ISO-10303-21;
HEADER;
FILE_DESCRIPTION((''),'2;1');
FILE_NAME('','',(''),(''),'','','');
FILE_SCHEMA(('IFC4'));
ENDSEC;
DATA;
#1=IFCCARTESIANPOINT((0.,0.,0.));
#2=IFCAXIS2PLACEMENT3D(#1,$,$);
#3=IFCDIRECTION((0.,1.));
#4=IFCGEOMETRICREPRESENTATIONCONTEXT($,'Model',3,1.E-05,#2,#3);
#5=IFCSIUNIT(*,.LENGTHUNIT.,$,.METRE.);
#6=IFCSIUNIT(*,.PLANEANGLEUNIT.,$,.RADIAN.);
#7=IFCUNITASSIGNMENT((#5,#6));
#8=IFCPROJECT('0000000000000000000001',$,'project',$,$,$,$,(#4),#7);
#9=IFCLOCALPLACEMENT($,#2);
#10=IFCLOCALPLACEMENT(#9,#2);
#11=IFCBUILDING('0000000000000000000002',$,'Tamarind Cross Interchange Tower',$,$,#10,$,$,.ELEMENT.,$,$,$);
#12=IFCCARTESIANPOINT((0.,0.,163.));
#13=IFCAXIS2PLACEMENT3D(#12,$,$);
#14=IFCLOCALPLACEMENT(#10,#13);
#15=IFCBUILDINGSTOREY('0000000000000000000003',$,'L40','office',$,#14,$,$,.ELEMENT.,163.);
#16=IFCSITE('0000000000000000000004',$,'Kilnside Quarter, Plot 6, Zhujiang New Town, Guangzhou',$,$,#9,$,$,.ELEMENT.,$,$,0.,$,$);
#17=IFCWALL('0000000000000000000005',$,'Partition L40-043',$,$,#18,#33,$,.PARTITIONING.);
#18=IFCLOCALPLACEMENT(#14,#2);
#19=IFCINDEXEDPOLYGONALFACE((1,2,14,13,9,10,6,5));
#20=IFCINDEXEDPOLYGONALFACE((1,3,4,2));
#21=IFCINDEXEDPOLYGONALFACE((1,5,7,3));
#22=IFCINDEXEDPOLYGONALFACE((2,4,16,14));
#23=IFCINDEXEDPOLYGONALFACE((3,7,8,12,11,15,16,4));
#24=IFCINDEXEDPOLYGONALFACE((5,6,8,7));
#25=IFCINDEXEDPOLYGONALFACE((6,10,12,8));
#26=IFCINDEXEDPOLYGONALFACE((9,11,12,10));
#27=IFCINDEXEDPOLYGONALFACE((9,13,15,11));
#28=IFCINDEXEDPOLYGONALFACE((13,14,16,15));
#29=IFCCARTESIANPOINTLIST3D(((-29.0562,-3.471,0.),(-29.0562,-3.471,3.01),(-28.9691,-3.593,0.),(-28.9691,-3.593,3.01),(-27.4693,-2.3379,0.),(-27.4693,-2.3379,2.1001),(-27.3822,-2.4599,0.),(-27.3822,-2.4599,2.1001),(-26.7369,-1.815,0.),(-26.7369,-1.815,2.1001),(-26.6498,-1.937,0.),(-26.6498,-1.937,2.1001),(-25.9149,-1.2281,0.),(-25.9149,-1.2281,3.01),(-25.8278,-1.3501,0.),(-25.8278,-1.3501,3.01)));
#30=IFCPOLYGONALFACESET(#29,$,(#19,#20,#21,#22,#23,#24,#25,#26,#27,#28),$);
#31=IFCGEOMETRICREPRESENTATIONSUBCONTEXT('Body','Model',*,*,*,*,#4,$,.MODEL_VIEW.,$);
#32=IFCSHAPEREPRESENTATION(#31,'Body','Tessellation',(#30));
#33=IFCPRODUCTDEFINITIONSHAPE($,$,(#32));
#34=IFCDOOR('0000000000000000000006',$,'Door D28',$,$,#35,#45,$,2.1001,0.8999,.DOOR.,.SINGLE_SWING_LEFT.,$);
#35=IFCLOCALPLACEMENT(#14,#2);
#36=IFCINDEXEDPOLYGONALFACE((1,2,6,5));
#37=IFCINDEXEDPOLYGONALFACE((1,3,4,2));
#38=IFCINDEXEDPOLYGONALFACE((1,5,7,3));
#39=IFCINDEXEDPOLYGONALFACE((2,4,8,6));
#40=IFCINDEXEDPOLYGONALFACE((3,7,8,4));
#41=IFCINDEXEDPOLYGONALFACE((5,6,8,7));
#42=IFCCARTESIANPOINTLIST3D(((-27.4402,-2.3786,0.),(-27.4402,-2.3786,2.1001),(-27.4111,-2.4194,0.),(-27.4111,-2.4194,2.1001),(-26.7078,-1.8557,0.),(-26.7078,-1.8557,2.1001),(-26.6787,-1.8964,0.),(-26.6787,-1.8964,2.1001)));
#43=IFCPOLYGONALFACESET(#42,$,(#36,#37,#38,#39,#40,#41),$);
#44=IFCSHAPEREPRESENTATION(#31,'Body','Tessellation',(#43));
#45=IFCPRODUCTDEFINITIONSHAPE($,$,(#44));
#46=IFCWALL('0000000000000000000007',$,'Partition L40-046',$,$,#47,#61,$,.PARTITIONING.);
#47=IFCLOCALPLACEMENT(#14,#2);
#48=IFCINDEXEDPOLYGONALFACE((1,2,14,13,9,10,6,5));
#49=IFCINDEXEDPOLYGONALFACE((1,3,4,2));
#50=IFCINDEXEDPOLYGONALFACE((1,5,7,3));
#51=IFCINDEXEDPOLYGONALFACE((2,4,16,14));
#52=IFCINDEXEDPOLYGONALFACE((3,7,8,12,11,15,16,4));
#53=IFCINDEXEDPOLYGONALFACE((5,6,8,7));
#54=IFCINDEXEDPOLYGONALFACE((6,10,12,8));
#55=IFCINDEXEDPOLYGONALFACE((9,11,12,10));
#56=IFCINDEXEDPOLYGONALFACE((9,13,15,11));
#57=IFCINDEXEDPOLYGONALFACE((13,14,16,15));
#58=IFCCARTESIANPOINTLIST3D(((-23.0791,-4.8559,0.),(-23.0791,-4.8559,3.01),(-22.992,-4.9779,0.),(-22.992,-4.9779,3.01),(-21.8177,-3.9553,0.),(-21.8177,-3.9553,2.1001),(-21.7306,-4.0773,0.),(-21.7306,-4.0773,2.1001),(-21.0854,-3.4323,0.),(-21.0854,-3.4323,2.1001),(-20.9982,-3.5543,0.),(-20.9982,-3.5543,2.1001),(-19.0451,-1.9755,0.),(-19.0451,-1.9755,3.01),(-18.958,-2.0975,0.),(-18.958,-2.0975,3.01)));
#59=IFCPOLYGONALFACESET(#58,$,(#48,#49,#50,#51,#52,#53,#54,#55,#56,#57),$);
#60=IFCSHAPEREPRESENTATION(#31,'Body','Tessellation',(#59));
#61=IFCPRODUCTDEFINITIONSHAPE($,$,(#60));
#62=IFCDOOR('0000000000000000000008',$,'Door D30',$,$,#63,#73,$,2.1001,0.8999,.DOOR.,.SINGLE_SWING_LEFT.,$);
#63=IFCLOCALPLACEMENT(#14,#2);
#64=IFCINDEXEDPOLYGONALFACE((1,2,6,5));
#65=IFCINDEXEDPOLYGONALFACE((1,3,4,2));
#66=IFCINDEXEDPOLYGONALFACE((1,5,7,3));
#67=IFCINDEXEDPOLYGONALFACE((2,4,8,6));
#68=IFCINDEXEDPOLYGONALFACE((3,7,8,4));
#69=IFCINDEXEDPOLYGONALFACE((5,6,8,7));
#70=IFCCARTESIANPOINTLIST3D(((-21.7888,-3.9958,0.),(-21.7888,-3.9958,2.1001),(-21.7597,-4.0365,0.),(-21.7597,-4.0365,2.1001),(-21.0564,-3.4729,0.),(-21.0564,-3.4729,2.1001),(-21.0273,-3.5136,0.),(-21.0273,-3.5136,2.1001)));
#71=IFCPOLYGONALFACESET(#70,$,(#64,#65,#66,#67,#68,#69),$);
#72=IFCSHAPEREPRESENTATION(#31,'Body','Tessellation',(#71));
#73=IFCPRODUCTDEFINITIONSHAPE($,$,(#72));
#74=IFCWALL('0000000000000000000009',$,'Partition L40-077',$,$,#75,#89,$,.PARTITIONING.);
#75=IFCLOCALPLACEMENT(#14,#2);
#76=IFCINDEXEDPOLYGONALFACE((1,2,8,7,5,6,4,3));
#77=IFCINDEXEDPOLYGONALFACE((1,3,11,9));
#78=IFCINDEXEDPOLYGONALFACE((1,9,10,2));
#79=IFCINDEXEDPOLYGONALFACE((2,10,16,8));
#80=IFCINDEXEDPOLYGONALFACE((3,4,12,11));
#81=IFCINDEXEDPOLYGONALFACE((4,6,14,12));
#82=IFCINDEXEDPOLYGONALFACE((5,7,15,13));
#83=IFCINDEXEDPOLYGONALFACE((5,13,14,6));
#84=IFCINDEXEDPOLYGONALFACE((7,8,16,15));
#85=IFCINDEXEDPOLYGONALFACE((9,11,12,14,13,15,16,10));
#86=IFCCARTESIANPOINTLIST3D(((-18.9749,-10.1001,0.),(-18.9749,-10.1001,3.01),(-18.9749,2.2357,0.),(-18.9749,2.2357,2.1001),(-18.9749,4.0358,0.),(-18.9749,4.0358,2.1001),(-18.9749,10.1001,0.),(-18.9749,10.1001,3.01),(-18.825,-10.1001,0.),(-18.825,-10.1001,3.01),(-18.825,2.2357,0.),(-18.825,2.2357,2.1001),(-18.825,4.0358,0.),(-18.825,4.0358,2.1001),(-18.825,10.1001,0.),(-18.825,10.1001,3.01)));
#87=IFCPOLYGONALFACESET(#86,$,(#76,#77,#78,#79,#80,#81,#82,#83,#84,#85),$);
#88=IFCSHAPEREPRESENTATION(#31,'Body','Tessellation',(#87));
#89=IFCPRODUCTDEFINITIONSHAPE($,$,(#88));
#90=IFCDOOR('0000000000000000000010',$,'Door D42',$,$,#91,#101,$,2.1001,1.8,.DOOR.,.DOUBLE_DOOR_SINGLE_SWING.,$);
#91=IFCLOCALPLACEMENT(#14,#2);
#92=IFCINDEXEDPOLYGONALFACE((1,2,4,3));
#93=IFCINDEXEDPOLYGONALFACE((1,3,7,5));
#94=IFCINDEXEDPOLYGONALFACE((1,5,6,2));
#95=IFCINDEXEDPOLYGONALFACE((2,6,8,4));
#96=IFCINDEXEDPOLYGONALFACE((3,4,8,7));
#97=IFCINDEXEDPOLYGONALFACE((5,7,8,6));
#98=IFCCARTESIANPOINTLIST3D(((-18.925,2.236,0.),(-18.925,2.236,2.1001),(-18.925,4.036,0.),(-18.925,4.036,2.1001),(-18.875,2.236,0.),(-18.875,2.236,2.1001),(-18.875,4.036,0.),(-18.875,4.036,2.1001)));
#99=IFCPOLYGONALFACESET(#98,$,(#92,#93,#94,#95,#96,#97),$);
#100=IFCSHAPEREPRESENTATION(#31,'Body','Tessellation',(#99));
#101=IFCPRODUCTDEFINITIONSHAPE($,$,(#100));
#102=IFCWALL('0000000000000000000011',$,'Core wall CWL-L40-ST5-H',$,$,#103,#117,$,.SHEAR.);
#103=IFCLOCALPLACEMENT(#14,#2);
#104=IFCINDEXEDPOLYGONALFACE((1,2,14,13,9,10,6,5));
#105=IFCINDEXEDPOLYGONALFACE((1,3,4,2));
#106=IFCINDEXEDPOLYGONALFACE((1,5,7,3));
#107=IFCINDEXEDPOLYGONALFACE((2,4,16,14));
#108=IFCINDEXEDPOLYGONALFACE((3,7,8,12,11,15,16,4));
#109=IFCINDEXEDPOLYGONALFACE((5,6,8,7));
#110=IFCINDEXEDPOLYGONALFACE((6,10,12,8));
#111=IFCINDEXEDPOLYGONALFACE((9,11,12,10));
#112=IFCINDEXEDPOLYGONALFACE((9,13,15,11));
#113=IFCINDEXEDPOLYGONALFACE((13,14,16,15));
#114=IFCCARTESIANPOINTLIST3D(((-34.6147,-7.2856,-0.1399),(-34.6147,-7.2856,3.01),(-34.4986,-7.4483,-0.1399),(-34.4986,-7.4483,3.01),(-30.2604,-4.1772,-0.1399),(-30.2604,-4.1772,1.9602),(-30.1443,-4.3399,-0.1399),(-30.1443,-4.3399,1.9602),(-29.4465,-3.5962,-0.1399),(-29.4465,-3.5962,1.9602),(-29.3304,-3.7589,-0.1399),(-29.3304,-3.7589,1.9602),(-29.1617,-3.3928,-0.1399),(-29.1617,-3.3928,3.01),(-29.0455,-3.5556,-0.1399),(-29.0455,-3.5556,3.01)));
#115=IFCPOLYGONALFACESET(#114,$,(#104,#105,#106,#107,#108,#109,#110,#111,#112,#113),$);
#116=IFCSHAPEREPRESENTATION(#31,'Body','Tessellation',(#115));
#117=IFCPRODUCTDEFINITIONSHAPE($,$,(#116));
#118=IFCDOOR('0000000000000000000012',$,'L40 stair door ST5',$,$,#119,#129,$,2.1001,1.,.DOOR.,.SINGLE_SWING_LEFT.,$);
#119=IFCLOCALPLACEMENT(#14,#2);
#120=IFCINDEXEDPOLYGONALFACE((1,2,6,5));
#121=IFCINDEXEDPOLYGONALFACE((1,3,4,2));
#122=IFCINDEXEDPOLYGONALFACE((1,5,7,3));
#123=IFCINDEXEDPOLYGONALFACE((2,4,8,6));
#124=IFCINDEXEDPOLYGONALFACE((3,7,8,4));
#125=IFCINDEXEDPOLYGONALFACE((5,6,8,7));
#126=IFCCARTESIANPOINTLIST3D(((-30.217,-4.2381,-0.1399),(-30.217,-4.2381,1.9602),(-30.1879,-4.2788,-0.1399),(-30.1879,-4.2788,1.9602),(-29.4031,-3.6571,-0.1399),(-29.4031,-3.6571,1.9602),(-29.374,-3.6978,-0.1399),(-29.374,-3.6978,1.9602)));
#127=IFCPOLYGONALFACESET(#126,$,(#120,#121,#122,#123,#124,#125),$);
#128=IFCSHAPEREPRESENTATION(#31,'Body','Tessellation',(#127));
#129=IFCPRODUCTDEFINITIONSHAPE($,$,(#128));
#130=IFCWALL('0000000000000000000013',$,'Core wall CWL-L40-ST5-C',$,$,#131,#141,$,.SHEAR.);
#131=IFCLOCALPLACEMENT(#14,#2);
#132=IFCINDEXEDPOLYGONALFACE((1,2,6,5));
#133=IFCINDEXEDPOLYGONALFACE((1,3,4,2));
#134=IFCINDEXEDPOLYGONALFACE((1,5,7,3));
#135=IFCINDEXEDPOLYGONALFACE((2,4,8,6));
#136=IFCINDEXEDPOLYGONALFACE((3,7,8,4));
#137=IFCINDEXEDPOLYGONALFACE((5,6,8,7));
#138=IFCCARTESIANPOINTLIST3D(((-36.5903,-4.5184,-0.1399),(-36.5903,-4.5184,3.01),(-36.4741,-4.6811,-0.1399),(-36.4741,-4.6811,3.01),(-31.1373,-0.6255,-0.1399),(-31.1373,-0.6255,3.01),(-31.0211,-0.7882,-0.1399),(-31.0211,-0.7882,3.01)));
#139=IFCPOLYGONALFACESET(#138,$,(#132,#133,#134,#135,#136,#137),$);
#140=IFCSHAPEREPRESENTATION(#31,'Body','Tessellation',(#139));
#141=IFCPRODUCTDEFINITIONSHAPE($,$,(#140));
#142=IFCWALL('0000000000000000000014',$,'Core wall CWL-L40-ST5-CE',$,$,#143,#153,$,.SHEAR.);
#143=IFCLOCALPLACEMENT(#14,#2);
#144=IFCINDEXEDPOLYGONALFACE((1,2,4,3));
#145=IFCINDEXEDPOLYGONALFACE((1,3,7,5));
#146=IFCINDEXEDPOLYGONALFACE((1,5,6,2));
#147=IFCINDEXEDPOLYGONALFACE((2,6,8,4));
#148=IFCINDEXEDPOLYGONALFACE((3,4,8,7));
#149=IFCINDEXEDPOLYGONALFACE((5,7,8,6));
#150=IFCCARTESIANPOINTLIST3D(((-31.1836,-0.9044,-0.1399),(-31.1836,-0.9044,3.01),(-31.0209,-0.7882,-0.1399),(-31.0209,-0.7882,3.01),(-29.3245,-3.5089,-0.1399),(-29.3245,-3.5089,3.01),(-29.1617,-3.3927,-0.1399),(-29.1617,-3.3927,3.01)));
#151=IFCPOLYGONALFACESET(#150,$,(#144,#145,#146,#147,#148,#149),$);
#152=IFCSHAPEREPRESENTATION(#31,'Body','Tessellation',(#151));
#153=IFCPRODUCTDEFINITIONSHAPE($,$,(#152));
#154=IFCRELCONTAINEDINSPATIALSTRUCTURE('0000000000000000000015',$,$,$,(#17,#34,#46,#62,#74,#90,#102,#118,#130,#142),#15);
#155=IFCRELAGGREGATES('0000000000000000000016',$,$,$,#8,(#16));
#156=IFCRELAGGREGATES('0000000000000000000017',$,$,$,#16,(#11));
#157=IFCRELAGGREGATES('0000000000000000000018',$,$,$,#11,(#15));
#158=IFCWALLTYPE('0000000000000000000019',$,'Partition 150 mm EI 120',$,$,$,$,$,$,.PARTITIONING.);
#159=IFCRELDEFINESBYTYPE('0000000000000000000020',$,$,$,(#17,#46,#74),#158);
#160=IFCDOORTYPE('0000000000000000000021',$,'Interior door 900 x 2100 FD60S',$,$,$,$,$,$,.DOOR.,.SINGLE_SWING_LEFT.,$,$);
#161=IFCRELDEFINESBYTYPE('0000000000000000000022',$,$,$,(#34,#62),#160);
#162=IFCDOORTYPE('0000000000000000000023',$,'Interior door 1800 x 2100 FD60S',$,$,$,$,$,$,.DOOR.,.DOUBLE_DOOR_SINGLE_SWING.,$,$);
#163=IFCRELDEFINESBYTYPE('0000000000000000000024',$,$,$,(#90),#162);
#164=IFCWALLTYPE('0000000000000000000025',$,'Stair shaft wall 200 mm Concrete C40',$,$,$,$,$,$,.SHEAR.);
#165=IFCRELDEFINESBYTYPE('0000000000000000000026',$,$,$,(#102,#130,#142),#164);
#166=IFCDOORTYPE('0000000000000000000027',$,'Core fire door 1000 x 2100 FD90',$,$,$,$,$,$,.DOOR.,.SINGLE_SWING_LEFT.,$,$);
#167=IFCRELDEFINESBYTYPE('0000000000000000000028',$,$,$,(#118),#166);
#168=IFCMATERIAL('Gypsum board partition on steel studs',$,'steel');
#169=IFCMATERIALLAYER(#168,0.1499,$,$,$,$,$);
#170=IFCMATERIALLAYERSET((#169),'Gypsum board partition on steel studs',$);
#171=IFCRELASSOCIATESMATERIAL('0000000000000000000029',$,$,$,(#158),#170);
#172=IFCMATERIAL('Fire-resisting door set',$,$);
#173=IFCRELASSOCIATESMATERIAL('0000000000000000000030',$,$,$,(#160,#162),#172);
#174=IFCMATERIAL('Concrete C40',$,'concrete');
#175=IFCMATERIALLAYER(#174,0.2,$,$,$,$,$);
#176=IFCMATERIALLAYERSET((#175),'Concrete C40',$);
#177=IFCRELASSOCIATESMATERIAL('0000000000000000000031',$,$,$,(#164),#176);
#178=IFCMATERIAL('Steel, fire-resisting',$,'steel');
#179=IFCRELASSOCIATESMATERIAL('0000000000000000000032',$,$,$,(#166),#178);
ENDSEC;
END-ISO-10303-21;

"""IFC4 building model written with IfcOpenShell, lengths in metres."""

from ifc_helpers import new_model, si_unit, direction, frame, frame_2d, origin, place, context, subcontext, project, spatial, rectangle, extrude, material, layer, layer_set, type_object, element, fill, save


model = new_model("IFC4")

# Units and contexts
model_context = context("Model", 3, precision=1e-05, world=origin(), true_north=direction((0.0, 1.0)))
body_context = subcontext(model_context, "Body", "Model", "MODEL_VIEW")
ifc_project = project(units=[si_unit("LENGTHUNIT", "METRE"), si_unit("PLANEANGLEUNIT", "RADIAN")], contexts=[model_context])

# Site, building, storey
site_placement = place(None, origin())
site = spatial("IfcSite", under=ifc_project, at=site_placement, Name="Kilnside Quarter, Plot 6, Zhujiang New Town, Guangzhou", CompositionType="ELEMENT", RefElevation=0.0)
building_placement = place(site_placement, origin())
building = spatial("IfcBuilding", under=site, at=building_placement, Name="Tamarind Cross Interchange Tower", CompositionType="ELEMENT")
storey_placement = place(building_placement, frame((0.0, 0.0, 163.0)))
storey = spatial("IfcBuildingStorey", under=building, at=storey_placement, Name="L40", Description="office", CompositionType="ELEMENT", Elevation=163.0)

# Shared definitions
ifc_material_1 = material(Name="Gypsum board partition on steel studs", Category="steel")

# Walls, openings, doors
ifc_layer_1 = layer(ifc_material_1, 0.1499)
ifc_layer_set_1 = layer_set([ifc_layer_1], Name="Gypsum board partition on steel studs")
wall_type_1 = type_object("IfcWallType", Name="Partition 150 mm EI 120", PredefinedType="PARTITIONING", material=ifc_layer_set_1)
wall_1_placement = place(storey_placement, frame((-29.0127, -3.532, 0.0), z_axis=(0.0, 0.0, 1.0), x_axis=(0.813845, 0.581083, 0.0)))
wall_1 = element("IfcWall", 1, at=wall_1_placement, inside=storey, type_object=wall_type_1, Name="Partition L40-043", PredefinedType="PARTITIONING", context=body_context, shape_type="SweptSolid", body=[
    extrude(rectangle(XDim=3.8599, YDim=0.1499, at=frame_2d((1.9299, 0.0))), origin(), (0.0, 0.0, 1.0), 3.01),
])
opening_1_placement = place(wall_1_placement, frame((1.95, 0.0, 0.0)))
opening_1 = element("IfcOpeningElement", 2, at=opening_1_placement, cuts=wall_1, PredefinedType="OPENING", context=body_context, shape_type="SweptSolid", body=[
    extrude(rectangle(XDim=0.8999, YDim=2.1001, at=frame_2d((0.45, 1.05))), frame((0.0, 0.085, 0.0), z_axis=(0.0, -1.0, 0.0), x_axis=(1.0, 0.0, 0.0)), (0.0, 0.0, 1.0), 0.1699),
])
ifc_material_2 = material(Name="Fire-resisting door set")
door_type_1 = type_object("IfcDoorType", Name="Interior door 900 x 2100 FD60S", OperationType="SINGLE_SWING_LEFT", PredefinedType="DOOR", material=ifc_material_2)
door_1_placement = place(opening_1_placement, origin())
door_1 = element("IfcDoor", 3, at=door_1_placement, inside=storey, type_object=door_type_1, Name="Door D28", OperationType="SINGLE_SWING_LEFT", OverallHeight=2.1001, OverallWidth=0.8999, PredefinedType="DOOR", context=body_context, shape_type="SweptSolid", body=[
    extrude(rectangle(XDim=0.8999, YDim=2.1001, at=frame_2d((0.45, 1.05))), frame((0.0, 0.0249, 0.0), z_axis=(0.0, -1.0, 0.0), x_axis=(1.0, 0.0, 0.0)), (0.0, 0.0, 1.0), 0.05),
])
fill(opening_1, door_1)
wall_2_placement = place(storey_placement, frame((-23.0356, -4.917, 0.0), z_axis=(0.0, 0.0, 1.0), x_axis=(0.81383, 0.581103, 0.0)))
wall_2 = element("IfcWall", 4, at=wall_2_placement, inside=storey, type_object=wall_type_1, Name="Partition L40-046", PredefinedType="PARTITIONING", context=body_context, shape_type="SweptSolid", body=[
    extrude(rectangle(XDim=4.9568, YDim=0.1499, at=frame_2d((2.4785, 0.0))), origin(), (0.0, 0.0, 1.0), 3.01),
])
opening_2_placement = place(wall_2_placement, frame((1.55, 0.0, 0.0)))
opening_2 = element("IfcOpeningElement", 5, at=opening_2_placement, cuts=wall_2, PredefinedType="OPENING", context=body_context, shape_type="SweptSolid", body=[
    extrude(rectangle(XDim=0.8999, YDim=2.1001, at=frame_2d((0.45, 1.05))), frame((0.0, 0.085, 0.0), z_axis=(0.0, -1.0, 0.0), x_axis=(1.0, 0.0, 0.0)), (0.0, 0.0, 1.0), 0.1699),
])
door_2_placement = place(opening_2_placement, frame((0.8999, 0.0, 0.0), z_axis=(0.0, 0.0, 1.0), x_axis=(-1.0, 0.0, 0.0)))
door_2 = element("IfcDoor", 6, at=door_2_placement, inside=storey, type_object=door_type_1, Name="Door D30", OperationType="SINGLE_SWING_LEFT", OverallHeight=2.1001, OverallWidth=0.8999, PredefinedType="DOOR", context=body_context, shape_type="SweptSolid", body=[
    extrude(rectangle(XDim=0.8999, YDim=2.1001, at=frame_2d((0.45, 1.05))), frame((0.0, 0.0249, 0.0), z_axis=(0.0, -1.0, 0.0), x_axis=(1.0, 0.0, 0.0)), (0.0, 0.0, 1.0), 0.05),
])
fill(opening_2, door_2)
wall_3_placement = place(storey_placement, frame((-18.8999, -10.1001, 0.0), z_axis=(0.0, 0.0, 1.0), x_axis=(0.0, 1.0, 0.0)))
wall_3 = element("IfcWall", 7, at=wall_3_placement, inside=storey, type_object=wall_type_1, Name="Partition L40-077", PredefinedType="PARTITIONING", context=body_context, shape_type="SweptSolid", body=[
    extrude(rectangle(XDim=20.2002, YDim=0.1499, at=frame_2d((10.1001, 0.0))), origin(), (0.0, 0.0, 1.0), 3.01),
])
opening_3_placement = place(wall_3_placement, frame((12.3359, 0.0, 0.0)))
opening_3 = element("IfcOpeningElement", 8, at=opening_3_placement, cuts=wall_3, PredefinedType="OPENING", context=body_context, shape_type="SweptSolid", body=[
    extrude(rectangle(XDim=1.8, YDim=2.1001, at=frame_2d((0.8999, 1.05))), frame((0.0, 0.085, 0.0), z_axis=(0.0, -1.0, 0.0), x_axis=(1.0, 0.0, 0.0)), (0.0, 0.0, 1.0), 0.1699),
])
door_type_2 = type_object("IfcDoorType", Name="Interior door 1800 x 2100 FD60S", OperationType="DOUBLE_DOOR_SINGLE_SWING", PredefinedType="DOOR", material=ifc_material_2)
door_3_placement = place(opening_3_placement, frame((1.8, 0.0, 0.0), z_axis=(0.0, 0.0, 1.0), x_axis=(-1.0, 0.0, 0.0)))
door_3 = element("IfcDoor", 9, at=door_3_placement, inside=storey, type_object=door_type_2, Name="Door D42", OperationType="DOUBLE_DOOR_SINGLE_SWING", OverallHeight=2.1001, OverallWidth=1.8, PredefinedType="DOOR", context=body_context, shape_type="SweptSolid", body=[
    extrude(rectangle(XDim=1.8, YDim=2.1001, at=frame_2d((0.8999, 1.05))), frame((0.0, 0.0249, 0.0), z_axis=(0.0, -1.0, 0.0), x_axis=(1.0, 0.0, 0.0)), (0.0, 0.0, 1.0), 0.05),
])
fill(opening_3, door_3)
ifc_material_3 = material(Name="Concrete C40", Category="concrete")
ifc_layer_2 = layer(ifc_material_3, 0.2)
ifc_layer_set_2 = layer_set([ifc_layer_2], Name="Concrete C40")
wall_type_2 = type_object("IfcWallType", Name="Stair shaft wall 200 mm Concrete C40", PredefinedType="SHEAR", material=ifc_layer_set_2)
wall_4_placement = place(storey_placement, frame((-29.1035, -3.4741, -0.1399), z_axis=(0.0, 0.0, 1.0), x_axis=(-0.813893, -0.581014, 0.0)))
wall_4 = element("IfcWall", 10, at=wall_4_placement, inside=storey, type_object=wall_type_2, Name="Core wall CWL-L40-ST5-H", PredefinedType="SHEAR", context=body_context, shape_type="SweptSolid", body=[
    extrude(rectangle(XDim=6.7, YDim=0.2, at=frame_2d((3.3501, 0.0))), origin(), (0.0, 0.0, 1.0), 3.1499),
])
opening_4_placement = place(wall_4_placement, frame((0.3501, 0.0, 0.0)))
opening_4 = element("IfcOpeningElement", 11, at=opening_4_placement, cuts=wall_4, PredefinedType="OPENING", context=body_context, shape_type="SweptSolid", body=[
    extrude(rectangle(XDim=1.0, YDim=2.1001, at=frame_2d((0.5, 1.05))), frame((0.0, 0.1099, 0.0), z_axis=(0.0, -1.0, 0.0), x_axis=(1.0, 0.0, 0.0)), (0.0, 0.0, 1.0), 0.22),
])
ifc_material_4 = material(Name="Steel, fire-resisting", Category="steel")
door_type_3 = type_object("IfcDoorType", Name="Core fire door 1000 x 2100 FD90", OperationType="SINGLE_SWING_LEFT", PredefinedType="DOOR", material=ifc_material_4)
door_4_placement = place(opening_4_placement, origin())
door_4 = element("IfcDoor", 12, at=door_4_placement, inside=storey, type_object=door_type_3, Name="L40 stair door ST5", OperationType="SINGLE_SWING_LEFT", OverallHeight=2.1001, OverallWidth=1.0, PredefinedType="DOOR", context=body_context, shape_type="SweptSolid", body=[
    extrude(rectangle(XDim=1.0, YDim=2.1001, at=frame_2d((0.5, 1.05))), frame((0.0, 0.0249, 0.0), z_axis=(0.0, -1.0, 0.0), x_axis=(1.0, 0.0, 0.0)), (0.0, 0.0, 1.0), 0.05),
])
fill(opening_4, door_4)

# Walls
wall_5_placement = place(storey_placement, frame((-31.0791, -0.7068, -0.1399), z_axis=(0.0, 0.0, 1.0), x_axis=(-0.813881, -0.581031, 0.0)))
element("IfcWall", 13, at=wall_5_placement, inside=storey, type_object=wall_type_2, Name="Core wall CWL-L40-ST5-C", PredefinedType="SHEAR", context=body_context, shape_type="SweptSolid", body=[
    extrude(rectangle(XDim=6.7, YDim=0.2, at=frame_2d((3.3501, 0.0))), origin(), (0.0, 0.0, 1.0), 3.1499),
])
wall_6_placement = place(storey_placement, frame((-31.1023, -0.8462, -0.1399), z_axis=(0.0, 0.0, 1.0), x_axis=(0.580986, -0.813914, 0.0)))
element("IfcWall", 14, at=wall_6_placement, inside=storey, type_object=wall_type_2, Name="Core wall CWL-L40-ST5-CE", PredefinedType="SHEAR", context=body_context, shape_type="SweptSolid", body=[
    extrude(rectangle(XDim=3.2, YDim=0.2, at=frame_2d((1.6001, 0.0))), origin(), (0.0, 0.0, 1.0), 3.1499),
])

save(model, "model.ifc")
